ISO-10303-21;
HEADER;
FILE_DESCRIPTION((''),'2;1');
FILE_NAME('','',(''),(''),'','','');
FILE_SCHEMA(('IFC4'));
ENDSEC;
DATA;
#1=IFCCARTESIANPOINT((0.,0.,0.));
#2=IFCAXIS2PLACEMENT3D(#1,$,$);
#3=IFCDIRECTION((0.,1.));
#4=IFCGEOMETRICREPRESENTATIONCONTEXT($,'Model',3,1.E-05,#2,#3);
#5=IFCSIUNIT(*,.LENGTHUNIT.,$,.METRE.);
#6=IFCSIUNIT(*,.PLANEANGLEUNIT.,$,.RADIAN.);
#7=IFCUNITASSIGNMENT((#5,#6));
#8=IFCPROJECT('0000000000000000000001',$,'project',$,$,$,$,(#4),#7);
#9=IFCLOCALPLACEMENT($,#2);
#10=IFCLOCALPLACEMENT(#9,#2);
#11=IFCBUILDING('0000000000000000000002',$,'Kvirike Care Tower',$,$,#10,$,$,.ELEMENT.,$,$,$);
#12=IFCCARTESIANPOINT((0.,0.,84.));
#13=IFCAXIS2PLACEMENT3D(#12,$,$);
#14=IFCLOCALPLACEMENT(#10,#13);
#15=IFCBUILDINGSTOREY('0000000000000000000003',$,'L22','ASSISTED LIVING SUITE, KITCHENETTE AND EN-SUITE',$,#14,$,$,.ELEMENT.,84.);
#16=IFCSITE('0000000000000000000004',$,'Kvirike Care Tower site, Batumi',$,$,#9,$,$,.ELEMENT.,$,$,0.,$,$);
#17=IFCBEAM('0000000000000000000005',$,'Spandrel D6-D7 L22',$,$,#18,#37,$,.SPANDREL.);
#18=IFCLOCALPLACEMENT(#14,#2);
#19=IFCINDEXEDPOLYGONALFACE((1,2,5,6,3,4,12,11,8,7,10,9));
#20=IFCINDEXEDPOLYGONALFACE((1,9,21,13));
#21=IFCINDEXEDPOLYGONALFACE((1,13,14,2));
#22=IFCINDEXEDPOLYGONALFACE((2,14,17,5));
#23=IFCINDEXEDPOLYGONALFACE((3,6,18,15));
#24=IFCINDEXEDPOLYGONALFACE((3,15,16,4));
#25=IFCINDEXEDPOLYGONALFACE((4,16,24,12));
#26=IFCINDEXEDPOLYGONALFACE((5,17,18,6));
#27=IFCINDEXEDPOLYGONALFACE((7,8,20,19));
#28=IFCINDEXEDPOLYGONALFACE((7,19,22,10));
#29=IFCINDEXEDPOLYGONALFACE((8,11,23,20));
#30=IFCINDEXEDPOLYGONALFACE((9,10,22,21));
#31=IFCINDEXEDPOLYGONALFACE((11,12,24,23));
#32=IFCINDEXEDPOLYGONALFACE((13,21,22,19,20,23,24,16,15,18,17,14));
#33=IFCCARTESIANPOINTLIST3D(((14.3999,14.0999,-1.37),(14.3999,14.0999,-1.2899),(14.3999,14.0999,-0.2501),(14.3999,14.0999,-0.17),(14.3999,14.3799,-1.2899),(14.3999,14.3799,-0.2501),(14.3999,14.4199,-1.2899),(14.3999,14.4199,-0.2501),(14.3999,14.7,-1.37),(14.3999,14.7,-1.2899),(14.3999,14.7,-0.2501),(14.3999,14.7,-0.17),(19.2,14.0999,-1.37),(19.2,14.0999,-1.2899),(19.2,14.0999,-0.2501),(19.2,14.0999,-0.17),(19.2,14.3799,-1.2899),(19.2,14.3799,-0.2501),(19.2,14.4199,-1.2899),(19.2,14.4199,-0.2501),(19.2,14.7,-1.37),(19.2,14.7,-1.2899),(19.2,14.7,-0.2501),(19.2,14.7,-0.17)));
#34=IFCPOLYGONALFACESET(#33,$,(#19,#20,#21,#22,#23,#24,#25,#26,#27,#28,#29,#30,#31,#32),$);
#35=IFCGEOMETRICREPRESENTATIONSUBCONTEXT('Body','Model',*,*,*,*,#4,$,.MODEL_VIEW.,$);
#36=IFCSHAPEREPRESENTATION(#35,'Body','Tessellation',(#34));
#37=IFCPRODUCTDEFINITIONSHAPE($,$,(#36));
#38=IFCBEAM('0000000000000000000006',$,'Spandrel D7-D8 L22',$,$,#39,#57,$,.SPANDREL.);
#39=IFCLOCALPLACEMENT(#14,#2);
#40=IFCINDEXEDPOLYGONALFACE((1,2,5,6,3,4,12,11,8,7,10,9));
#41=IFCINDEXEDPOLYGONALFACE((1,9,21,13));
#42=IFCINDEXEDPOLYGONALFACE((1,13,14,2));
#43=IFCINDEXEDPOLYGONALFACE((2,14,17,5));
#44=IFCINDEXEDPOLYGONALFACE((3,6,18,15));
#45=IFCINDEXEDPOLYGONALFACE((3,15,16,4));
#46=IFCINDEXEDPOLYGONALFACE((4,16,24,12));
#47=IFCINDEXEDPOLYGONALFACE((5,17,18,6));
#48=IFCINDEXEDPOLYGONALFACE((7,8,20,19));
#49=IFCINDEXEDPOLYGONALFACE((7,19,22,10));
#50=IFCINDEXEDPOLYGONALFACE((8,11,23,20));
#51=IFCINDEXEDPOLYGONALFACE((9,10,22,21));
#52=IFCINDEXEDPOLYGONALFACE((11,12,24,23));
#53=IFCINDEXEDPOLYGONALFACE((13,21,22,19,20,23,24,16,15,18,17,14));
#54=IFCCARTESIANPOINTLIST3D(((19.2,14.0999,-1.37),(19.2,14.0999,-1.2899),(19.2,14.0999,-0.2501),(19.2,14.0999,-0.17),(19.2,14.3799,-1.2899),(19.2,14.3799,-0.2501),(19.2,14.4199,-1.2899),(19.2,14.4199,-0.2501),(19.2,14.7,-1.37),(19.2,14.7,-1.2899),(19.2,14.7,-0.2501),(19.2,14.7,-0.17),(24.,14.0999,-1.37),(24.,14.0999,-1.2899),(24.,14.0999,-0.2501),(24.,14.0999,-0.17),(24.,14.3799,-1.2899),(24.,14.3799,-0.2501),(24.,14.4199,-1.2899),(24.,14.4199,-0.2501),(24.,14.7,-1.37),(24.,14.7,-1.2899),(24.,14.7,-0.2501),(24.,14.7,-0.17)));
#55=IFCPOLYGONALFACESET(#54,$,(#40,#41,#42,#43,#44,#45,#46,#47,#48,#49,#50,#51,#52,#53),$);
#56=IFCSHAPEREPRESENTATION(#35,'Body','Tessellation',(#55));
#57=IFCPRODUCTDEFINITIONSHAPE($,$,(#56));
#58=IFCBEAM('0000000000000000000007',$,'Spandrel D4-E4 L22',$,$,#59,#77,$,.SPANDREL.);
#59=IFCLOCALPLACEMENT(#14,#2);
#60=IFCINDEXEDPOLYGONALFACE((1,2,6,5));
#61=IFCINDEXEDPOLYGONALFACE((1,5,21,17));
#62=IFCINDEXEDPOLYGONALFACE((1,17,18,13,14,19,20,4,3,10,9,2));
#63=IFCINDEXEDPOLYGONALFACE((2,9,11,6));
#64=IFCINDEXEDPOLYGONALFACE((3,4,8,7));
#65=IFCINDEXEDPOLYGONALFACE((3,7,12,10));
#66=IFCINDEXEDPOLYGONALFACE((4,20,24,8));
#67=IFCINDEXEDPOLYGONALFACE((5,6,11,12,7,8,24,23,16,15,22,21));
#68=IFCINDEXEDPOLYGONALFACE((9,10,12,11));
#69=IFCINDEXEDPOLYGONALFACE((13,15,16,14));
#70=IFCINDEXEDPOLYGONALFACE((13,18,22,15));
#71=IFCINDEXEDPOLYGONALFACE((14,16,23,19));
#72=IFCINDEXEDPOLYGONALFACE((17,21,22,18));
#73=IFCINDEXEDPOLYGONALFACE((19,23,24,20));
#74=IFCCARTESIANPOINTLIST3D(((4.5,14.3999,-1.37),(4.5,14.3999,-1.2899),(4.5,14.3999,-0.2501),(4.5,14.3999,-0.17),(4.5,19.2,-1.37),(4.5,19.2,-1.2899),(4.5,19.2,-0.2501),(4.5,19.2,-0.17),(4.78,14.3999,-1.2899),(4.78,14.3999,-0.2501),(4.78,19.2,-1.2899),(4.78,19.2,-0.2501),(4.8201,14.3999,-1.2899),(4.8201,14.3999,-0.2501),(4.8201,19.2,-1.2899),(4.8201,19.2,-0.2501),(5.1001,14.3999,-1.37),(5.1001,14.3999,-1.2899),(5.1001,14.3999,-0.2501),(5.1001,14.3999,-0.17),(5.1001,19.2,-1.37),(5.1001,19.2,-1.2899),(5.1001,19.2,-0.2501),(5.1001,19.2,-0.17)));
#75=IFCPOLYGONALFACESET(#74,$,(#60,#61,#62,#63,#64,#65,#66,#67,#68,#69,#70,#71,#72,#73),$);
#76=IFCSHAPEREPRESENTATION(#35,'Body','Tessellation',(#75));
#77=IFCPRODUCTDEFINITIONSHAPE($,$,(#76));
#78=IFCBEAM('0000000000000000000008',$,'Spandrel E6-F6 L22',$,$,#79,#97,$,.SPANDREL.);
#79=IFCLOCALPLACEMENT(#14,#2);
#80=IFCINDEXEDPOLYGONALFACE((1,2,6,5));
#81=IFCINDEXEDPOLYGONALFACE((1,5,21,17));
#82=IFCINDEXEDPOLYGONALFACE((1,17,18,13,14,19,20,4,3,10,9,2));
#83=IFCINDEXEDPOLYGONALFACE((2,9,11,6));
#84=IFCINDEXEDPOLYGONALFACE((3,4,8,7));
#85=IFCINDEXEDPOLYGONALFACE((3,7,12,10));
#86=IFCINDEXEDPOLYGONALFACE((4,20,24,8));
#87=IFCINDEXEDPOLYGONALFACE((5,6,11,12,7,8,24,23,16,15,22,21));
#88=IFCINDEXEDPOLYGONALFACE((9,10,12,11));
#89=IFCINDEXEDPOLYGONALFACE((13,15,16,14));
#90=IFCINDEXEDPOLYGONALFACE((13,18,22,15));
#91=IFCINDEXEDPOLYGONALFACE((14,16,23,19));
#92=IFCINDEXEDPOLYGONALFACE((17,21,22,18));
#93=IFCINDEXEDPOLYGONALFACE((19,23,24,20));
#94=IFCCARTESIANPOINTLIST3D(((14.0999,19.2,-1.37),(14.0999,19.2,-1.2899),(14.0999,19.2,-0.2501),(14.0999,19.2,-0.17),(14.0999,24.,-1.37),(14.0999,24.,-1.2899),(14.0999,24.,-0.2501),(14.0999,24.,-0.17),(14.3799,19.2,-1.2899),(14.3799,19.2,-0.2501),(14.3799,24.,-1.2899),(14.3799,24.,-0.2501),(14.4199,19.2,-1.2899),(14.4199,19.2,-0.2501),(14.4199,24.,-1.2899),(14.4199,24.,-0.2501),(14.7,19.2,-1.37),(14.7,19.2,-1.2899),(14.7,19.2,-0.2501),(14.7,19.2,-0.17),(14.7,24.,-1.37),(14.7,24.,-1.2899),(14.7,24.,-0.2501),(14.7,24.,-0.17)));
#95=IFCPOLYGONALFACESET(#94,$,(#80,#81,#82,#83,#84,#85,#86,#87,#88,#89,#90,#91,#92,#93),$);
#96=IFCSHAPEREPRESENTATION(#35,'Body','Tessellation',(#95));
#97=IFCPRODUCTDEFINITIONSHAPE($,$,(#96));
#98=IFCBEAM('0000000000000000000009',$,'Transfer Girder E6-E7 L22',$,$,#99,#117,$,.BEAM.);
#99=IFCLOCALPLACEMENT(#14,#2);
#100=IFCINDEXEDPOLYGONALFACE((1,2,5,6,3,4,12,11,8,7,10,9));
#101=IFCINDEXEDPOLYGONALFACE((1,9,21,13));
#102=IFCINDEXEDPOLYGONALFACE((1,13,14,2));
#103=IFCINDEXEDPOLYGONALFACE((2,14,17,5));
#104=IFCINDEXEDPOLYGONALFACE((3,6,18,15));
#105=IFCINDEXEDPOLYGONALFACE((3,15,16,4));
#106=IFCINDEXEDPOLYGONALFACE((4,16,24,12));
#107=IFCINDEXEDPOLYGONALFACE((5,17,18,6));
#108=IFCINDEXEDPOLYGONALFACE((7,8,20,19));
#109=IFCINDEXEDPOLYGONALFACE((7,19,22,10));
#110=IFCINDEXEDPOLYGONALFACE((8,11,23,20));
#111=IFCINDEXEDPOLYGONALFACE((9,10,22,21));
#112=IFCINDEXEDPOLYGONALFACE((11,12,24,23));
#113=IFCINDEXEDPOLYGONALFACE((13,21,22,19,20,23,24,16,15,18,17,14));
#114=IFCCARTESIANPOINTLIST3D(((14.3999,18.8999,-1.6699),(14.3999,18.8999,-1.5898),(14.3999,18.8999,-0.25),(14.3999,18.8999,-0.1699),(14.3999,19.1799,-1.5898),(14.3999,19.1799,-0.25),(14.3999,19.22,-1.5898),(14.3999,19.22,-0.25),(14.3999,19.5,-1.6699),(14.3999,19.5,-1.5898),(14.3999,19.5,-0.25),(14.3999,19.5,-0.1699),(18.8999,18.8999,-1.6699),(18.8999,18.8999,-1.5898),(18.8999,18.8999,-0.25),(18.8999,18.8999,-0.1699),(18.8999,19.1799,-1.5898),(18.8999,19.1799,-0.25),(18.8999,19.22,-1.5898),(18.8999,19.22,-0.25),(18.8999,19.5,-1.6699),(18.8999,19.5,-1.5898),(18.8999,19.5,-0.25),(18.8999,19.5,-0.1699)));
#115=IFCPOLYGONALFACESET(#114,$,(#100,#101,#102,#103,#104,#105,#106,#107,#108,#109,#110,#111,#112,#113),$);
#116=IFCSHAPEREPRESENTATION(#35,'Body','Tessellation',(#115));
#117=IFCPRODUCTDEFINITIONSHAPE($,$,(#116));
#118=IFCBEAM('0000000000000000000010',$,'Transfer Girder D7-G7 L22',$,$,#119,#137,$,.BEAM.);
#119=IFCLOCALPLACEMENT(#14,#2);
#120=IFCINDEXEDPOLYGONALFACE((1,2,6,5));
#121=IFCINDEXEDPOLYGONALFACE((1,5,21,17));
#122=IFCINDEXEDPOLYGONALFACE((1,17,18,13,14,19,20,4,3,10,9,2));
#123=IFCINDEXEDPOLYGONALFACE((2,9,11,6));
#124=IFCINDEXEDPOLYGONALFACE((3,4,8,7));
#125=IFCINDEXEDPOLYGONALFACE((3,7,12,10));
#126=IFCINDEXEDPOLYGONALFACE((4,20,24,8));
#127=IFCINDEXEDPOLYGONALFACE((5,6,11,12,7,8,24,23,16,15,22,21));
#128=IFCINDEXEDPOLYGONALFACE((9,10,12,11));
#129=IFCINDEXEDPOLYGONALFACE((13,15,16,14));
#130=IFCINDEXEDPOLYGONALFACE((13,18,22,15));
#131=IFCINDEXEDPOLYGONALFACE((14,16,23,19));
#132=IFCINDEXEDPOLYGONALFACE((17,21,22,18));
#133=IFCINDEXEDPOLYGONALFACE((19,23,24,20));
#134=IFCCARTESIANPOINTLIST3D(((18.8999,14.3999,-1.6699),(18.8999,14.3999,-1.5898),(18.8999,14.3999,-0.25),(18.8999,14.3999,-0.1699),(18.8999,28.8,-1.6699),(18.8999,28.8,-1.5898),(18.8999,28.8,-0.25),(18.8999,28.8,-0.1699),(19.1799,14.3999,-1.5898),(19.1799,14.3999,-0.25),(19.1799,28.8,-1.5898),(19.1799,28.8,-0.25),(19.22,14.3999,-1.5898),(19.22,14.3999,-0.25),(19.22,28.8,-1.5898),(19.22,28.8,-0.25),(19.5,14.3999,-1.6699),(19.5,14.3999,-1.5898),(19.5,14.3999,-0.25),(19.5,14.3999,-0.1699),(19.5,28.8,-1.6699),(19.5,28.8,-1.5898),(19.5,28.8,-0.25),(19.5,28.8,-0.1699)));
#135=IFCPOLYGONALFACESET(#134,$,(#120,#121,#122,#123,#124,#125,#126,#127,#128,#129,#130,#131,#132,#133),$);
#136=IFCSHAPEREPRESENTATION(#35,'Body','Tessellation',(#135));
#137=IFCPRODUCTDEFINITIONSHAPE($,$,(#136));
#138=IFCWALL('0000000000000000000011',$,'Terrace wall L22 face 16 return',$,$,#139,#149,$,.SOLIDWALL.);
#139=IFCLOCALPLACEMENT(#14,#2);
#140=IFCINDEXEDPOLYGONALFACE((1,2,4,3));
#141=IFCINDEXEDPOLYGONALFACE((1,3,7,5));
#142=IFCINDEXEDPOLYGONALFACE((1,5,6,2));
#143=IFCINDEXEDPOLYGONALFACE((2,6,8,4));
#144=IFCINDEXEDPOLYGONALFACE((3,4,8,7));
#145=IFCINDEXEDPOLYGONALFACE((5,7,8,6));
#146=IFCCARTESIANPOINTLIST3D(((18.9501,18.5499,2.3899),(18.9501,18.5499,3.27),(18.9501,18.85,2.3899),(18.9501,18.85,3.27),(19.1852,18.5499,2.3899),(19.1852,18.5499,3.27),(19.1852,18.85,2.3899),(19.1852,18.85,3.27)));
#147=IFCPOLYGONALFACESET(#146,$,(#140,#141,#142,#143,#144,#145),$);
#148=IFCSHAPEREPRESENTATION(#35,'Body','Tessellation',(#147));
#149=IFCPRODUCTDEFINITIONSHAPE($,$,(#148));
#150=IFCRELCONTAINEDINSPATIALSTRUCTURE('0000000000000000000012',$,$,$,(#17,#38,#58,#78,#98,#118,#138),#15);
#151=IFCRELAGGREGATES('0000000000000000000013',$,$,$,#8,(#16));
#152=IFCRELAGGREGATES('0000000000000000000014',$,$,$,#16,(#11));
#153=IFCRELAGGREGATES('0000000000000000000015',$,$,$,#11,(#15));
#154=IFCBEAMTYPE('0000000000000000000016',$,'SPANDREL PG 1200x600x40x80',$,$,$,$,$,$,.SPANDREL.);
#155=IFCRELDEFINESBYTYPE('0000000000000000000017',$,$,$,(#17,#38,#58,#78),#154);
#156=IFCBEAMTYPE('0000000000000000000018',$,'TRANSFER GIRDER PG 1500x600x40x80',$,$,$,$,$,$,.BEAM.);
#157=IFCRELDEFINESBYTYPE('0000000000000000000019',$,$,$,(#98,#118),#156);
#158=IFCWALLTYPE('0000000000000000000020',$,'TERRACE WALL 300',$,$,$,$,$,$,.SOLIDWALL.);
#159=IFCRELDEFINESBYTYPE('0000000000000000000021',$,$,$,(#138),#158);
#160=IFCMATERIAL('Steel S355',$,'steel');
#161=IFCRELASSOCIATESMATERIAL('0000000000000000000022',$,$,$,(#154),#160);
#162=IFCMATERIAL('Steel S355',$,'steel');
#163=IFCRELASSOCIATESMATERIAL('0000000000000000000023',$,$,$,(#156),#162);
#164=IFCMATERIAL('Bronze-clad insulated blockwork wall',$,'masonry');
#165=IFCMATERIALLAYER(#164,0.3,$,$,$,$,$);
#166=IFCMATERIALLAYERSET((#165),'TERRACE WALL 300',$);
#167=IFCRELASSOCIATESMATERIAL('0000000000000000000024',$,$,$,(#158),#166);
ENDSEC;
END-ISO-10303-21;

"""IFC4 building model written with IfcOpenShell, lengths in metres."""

from ifc_helpers import new_model, si_unit, direction, frame, frame_2d, origin, origin_2d, place, context, subcontext, project, spatial, rectangle, i_section, extrude, material, layer, layer_set, material_profile, profile_set, type_object, element, save


model = new_model("IFC4")

# Units and contexts
model_context = context("Model", 3, precision=1e-05, world=origin(), true_north=direction((0.0, 1.0)))
body_context = subcontext(model_context, "Body", "Model", "MODEL_VIEW")
ifc_project = project(units=[si_unit("LENGTHUNIT", "METRE"), si_unit("PLANEANGLEUNIT", "RADIAN")], contexts=[model_context])

# Site, building, storey
site_placement = place(None, origin())
site = spatial("IfcSite", under=ifc_project, at=site_placement, Name="Kvirike Care Tower site, Batumi", CompositionType="ELEMENT", RefElevation=0.0)
building_placement = place(site_placement, origin())
building = spatial("IfcBuilding", under=site, at=building_placement, Name="Kvirike Care Tower", CompositionType="ELEMENT")
storey_placement = place(building_placement, frame((0.0, 0.0, 84.0)))
storey = spatial("IfcBuildingStorey", under=building, at=storey_placement, Name="L22", Description="ASSISTED LIVING SUITE, KITCHENETTE AND EN-SUITE", CompositionType="ELEMENT", Elevation=84.0)

# Beams
ifc_material_1 = material(Name="Steel S355", Category="steel")
ifc_material_profile_1 = material_profile(ifc_material_1, i_section(OverallWidth=0.6001, OverallDepth=1.2, WebThickness=0.04, FlangeThickness=0.0801, at=origin_2d()), Name="PG 1200x600x40x80")
ifc_profile_set_1 = profile_set([ifc_material_profile_1], Name="Steel S355")
beam_type_1 = type_object("IfcBeamType", Name="SPANDREL PG 1200x600x40x80", PredefinedType="SPANDREL", material=ifc_profile_set_1)
for number, where, z_axis, x_axis, name in (
    (1, (14.3999, 14.3999, -0.77), (1.0, 0.0, 0.0), (0.0, 1.0, 0.0), "Spandrel D6-D7 L22"),
    (2, (19.2, 14.3999, -0.77), (1.0, 0.0, 0.0), (0.0, 1.0, 0.0), "Spandrel D7-D8 L22"),
    (3, (4.8, 14.3999, -0.77), (0.0, 1.0, 0.0), (-1.0, 0.0, 0.0), "Spandrel D4-E4 L22"),
    (4, (14.3999, 19.2, -0.77), (0.0, 1.0, 0.0), (-1.0, 0.0, 0.0), "Spandrel E6-F6 L22"),
):
    element("IfcBeam", number, at=place(storey_placement, frame(where, z_axis=z_axis, x_axis=x_axis)), inside=storey, type_object=beam_type_1, Name=name, PredefinedType="SPANDREL", context=body_context, shape_type="SweptSolid", body=[
        extrude(i_section(OverallWidth=0.6001, OverallDepth=1.2, WebThickness=0.04, FlangeThickness=0.0801, at=origin_2d()), origin(), (0.0, 0.0, 1.0), 4.8),
    ])
ifc_material_2 = material(Name="Steel S355", Category="steel")
ifc_material_profile_2 = material_profile(ifc_material_2, i_section(OverallWidth=0.6001, OverallDepth=1.5, WebThickness=0.04, FlangeThickness=0.0801, at=origin_2d()), Name="PG 1500x600x40x80")
ifc_profile_set_2 = profile_set([ifc_material_profile_2], Name="Steel S355")
beam_type_2 = type_object("IfcBeamType", Name="TRANSFER GIRDER PG 1500x600x40x80", PredefinedType="BEAM", material=ifc_profile_set_2)
beam_1_placement = place(storey_placement, frame((14.3999, 19.2, -0.9199), z_axis=(1.0, 0.0, 0.0), x_axis=(0.0, 1.0, 0.0)))
element("IfcBeam", 5, at=beam_1_placement, inside=storey, type_object=beam_type_2, Name="Transfer Girder E6-E7 L22", PredefinedType="BEAM", context=body_context, shape_type="SweptSolid", body=[
    extrude(i_section(OverallWidth=0.6001, OverallDepth=1.5, WebThickness=0.04, FlangeThickness=0.0801, at=origin_2d()), origin(), (0.0, 0.0, 1.0), 4.5),
])
beam_2_placement = place(storey_placement, frame((19.2, 14.3999, -0.9199), z_axis=(0.0, 1.0, 0.0), x_axis=(-1.0, 0.0, 0.0)))
element("IfcBeam", 6, at=beam_2_placement, inside=storey, type_object=beam_type_2, Name="Transfer Girder D7-G7 L22", PredefinedType="BEAM", context=body_context, shape_type="SweptSolid", body=[
    extrude(i_section(OverallWidth=0.6001, OverallDepth=1.5, WebThickness=0.04, FlangeThickness=0.0801, at=origin_2d()), origin(), (0.0, 0.0, 1.0), 14.4001),
])

# Shared definitions
ifc_material_3 = material(Name="Bronze-clad insulated blockwork wall", Category="masonry")
ifc_layer = layer(ifc_material_3, 0.3)
ifc_layer_set = layer_set([ifc_layer], Name="TERRACE WALL 300")
wall_type = type_object("IfcWallType", Name="TERRACE WALL 300", PredefinedType="SOLIDWALL", material=ifc_layer_set)

# Wall
wall_1_placement = place(storey_placement, frame((18.95, 18.7, 2.3899), z_axis=(0.0, 0.0, 1.0), x_axis=(1.0, 0.0, 0.0)))
element("IfcWall", 7, at=wall_1_placement, inside=storey, type_object=wall_type, Name="Terrace wall L22 face 16 return", PredefinedType="SOLIDWALL", context=body_context, shape_type="SweptSolid", body=[
    extrude(rectangle(XDim=0.2351, YDim=0.3, at=frame_2d((0.1177, 0.0))), origin(), (0.0, 0.0, 1.0), 0.8801),
])

save(model, "model.ifc")
